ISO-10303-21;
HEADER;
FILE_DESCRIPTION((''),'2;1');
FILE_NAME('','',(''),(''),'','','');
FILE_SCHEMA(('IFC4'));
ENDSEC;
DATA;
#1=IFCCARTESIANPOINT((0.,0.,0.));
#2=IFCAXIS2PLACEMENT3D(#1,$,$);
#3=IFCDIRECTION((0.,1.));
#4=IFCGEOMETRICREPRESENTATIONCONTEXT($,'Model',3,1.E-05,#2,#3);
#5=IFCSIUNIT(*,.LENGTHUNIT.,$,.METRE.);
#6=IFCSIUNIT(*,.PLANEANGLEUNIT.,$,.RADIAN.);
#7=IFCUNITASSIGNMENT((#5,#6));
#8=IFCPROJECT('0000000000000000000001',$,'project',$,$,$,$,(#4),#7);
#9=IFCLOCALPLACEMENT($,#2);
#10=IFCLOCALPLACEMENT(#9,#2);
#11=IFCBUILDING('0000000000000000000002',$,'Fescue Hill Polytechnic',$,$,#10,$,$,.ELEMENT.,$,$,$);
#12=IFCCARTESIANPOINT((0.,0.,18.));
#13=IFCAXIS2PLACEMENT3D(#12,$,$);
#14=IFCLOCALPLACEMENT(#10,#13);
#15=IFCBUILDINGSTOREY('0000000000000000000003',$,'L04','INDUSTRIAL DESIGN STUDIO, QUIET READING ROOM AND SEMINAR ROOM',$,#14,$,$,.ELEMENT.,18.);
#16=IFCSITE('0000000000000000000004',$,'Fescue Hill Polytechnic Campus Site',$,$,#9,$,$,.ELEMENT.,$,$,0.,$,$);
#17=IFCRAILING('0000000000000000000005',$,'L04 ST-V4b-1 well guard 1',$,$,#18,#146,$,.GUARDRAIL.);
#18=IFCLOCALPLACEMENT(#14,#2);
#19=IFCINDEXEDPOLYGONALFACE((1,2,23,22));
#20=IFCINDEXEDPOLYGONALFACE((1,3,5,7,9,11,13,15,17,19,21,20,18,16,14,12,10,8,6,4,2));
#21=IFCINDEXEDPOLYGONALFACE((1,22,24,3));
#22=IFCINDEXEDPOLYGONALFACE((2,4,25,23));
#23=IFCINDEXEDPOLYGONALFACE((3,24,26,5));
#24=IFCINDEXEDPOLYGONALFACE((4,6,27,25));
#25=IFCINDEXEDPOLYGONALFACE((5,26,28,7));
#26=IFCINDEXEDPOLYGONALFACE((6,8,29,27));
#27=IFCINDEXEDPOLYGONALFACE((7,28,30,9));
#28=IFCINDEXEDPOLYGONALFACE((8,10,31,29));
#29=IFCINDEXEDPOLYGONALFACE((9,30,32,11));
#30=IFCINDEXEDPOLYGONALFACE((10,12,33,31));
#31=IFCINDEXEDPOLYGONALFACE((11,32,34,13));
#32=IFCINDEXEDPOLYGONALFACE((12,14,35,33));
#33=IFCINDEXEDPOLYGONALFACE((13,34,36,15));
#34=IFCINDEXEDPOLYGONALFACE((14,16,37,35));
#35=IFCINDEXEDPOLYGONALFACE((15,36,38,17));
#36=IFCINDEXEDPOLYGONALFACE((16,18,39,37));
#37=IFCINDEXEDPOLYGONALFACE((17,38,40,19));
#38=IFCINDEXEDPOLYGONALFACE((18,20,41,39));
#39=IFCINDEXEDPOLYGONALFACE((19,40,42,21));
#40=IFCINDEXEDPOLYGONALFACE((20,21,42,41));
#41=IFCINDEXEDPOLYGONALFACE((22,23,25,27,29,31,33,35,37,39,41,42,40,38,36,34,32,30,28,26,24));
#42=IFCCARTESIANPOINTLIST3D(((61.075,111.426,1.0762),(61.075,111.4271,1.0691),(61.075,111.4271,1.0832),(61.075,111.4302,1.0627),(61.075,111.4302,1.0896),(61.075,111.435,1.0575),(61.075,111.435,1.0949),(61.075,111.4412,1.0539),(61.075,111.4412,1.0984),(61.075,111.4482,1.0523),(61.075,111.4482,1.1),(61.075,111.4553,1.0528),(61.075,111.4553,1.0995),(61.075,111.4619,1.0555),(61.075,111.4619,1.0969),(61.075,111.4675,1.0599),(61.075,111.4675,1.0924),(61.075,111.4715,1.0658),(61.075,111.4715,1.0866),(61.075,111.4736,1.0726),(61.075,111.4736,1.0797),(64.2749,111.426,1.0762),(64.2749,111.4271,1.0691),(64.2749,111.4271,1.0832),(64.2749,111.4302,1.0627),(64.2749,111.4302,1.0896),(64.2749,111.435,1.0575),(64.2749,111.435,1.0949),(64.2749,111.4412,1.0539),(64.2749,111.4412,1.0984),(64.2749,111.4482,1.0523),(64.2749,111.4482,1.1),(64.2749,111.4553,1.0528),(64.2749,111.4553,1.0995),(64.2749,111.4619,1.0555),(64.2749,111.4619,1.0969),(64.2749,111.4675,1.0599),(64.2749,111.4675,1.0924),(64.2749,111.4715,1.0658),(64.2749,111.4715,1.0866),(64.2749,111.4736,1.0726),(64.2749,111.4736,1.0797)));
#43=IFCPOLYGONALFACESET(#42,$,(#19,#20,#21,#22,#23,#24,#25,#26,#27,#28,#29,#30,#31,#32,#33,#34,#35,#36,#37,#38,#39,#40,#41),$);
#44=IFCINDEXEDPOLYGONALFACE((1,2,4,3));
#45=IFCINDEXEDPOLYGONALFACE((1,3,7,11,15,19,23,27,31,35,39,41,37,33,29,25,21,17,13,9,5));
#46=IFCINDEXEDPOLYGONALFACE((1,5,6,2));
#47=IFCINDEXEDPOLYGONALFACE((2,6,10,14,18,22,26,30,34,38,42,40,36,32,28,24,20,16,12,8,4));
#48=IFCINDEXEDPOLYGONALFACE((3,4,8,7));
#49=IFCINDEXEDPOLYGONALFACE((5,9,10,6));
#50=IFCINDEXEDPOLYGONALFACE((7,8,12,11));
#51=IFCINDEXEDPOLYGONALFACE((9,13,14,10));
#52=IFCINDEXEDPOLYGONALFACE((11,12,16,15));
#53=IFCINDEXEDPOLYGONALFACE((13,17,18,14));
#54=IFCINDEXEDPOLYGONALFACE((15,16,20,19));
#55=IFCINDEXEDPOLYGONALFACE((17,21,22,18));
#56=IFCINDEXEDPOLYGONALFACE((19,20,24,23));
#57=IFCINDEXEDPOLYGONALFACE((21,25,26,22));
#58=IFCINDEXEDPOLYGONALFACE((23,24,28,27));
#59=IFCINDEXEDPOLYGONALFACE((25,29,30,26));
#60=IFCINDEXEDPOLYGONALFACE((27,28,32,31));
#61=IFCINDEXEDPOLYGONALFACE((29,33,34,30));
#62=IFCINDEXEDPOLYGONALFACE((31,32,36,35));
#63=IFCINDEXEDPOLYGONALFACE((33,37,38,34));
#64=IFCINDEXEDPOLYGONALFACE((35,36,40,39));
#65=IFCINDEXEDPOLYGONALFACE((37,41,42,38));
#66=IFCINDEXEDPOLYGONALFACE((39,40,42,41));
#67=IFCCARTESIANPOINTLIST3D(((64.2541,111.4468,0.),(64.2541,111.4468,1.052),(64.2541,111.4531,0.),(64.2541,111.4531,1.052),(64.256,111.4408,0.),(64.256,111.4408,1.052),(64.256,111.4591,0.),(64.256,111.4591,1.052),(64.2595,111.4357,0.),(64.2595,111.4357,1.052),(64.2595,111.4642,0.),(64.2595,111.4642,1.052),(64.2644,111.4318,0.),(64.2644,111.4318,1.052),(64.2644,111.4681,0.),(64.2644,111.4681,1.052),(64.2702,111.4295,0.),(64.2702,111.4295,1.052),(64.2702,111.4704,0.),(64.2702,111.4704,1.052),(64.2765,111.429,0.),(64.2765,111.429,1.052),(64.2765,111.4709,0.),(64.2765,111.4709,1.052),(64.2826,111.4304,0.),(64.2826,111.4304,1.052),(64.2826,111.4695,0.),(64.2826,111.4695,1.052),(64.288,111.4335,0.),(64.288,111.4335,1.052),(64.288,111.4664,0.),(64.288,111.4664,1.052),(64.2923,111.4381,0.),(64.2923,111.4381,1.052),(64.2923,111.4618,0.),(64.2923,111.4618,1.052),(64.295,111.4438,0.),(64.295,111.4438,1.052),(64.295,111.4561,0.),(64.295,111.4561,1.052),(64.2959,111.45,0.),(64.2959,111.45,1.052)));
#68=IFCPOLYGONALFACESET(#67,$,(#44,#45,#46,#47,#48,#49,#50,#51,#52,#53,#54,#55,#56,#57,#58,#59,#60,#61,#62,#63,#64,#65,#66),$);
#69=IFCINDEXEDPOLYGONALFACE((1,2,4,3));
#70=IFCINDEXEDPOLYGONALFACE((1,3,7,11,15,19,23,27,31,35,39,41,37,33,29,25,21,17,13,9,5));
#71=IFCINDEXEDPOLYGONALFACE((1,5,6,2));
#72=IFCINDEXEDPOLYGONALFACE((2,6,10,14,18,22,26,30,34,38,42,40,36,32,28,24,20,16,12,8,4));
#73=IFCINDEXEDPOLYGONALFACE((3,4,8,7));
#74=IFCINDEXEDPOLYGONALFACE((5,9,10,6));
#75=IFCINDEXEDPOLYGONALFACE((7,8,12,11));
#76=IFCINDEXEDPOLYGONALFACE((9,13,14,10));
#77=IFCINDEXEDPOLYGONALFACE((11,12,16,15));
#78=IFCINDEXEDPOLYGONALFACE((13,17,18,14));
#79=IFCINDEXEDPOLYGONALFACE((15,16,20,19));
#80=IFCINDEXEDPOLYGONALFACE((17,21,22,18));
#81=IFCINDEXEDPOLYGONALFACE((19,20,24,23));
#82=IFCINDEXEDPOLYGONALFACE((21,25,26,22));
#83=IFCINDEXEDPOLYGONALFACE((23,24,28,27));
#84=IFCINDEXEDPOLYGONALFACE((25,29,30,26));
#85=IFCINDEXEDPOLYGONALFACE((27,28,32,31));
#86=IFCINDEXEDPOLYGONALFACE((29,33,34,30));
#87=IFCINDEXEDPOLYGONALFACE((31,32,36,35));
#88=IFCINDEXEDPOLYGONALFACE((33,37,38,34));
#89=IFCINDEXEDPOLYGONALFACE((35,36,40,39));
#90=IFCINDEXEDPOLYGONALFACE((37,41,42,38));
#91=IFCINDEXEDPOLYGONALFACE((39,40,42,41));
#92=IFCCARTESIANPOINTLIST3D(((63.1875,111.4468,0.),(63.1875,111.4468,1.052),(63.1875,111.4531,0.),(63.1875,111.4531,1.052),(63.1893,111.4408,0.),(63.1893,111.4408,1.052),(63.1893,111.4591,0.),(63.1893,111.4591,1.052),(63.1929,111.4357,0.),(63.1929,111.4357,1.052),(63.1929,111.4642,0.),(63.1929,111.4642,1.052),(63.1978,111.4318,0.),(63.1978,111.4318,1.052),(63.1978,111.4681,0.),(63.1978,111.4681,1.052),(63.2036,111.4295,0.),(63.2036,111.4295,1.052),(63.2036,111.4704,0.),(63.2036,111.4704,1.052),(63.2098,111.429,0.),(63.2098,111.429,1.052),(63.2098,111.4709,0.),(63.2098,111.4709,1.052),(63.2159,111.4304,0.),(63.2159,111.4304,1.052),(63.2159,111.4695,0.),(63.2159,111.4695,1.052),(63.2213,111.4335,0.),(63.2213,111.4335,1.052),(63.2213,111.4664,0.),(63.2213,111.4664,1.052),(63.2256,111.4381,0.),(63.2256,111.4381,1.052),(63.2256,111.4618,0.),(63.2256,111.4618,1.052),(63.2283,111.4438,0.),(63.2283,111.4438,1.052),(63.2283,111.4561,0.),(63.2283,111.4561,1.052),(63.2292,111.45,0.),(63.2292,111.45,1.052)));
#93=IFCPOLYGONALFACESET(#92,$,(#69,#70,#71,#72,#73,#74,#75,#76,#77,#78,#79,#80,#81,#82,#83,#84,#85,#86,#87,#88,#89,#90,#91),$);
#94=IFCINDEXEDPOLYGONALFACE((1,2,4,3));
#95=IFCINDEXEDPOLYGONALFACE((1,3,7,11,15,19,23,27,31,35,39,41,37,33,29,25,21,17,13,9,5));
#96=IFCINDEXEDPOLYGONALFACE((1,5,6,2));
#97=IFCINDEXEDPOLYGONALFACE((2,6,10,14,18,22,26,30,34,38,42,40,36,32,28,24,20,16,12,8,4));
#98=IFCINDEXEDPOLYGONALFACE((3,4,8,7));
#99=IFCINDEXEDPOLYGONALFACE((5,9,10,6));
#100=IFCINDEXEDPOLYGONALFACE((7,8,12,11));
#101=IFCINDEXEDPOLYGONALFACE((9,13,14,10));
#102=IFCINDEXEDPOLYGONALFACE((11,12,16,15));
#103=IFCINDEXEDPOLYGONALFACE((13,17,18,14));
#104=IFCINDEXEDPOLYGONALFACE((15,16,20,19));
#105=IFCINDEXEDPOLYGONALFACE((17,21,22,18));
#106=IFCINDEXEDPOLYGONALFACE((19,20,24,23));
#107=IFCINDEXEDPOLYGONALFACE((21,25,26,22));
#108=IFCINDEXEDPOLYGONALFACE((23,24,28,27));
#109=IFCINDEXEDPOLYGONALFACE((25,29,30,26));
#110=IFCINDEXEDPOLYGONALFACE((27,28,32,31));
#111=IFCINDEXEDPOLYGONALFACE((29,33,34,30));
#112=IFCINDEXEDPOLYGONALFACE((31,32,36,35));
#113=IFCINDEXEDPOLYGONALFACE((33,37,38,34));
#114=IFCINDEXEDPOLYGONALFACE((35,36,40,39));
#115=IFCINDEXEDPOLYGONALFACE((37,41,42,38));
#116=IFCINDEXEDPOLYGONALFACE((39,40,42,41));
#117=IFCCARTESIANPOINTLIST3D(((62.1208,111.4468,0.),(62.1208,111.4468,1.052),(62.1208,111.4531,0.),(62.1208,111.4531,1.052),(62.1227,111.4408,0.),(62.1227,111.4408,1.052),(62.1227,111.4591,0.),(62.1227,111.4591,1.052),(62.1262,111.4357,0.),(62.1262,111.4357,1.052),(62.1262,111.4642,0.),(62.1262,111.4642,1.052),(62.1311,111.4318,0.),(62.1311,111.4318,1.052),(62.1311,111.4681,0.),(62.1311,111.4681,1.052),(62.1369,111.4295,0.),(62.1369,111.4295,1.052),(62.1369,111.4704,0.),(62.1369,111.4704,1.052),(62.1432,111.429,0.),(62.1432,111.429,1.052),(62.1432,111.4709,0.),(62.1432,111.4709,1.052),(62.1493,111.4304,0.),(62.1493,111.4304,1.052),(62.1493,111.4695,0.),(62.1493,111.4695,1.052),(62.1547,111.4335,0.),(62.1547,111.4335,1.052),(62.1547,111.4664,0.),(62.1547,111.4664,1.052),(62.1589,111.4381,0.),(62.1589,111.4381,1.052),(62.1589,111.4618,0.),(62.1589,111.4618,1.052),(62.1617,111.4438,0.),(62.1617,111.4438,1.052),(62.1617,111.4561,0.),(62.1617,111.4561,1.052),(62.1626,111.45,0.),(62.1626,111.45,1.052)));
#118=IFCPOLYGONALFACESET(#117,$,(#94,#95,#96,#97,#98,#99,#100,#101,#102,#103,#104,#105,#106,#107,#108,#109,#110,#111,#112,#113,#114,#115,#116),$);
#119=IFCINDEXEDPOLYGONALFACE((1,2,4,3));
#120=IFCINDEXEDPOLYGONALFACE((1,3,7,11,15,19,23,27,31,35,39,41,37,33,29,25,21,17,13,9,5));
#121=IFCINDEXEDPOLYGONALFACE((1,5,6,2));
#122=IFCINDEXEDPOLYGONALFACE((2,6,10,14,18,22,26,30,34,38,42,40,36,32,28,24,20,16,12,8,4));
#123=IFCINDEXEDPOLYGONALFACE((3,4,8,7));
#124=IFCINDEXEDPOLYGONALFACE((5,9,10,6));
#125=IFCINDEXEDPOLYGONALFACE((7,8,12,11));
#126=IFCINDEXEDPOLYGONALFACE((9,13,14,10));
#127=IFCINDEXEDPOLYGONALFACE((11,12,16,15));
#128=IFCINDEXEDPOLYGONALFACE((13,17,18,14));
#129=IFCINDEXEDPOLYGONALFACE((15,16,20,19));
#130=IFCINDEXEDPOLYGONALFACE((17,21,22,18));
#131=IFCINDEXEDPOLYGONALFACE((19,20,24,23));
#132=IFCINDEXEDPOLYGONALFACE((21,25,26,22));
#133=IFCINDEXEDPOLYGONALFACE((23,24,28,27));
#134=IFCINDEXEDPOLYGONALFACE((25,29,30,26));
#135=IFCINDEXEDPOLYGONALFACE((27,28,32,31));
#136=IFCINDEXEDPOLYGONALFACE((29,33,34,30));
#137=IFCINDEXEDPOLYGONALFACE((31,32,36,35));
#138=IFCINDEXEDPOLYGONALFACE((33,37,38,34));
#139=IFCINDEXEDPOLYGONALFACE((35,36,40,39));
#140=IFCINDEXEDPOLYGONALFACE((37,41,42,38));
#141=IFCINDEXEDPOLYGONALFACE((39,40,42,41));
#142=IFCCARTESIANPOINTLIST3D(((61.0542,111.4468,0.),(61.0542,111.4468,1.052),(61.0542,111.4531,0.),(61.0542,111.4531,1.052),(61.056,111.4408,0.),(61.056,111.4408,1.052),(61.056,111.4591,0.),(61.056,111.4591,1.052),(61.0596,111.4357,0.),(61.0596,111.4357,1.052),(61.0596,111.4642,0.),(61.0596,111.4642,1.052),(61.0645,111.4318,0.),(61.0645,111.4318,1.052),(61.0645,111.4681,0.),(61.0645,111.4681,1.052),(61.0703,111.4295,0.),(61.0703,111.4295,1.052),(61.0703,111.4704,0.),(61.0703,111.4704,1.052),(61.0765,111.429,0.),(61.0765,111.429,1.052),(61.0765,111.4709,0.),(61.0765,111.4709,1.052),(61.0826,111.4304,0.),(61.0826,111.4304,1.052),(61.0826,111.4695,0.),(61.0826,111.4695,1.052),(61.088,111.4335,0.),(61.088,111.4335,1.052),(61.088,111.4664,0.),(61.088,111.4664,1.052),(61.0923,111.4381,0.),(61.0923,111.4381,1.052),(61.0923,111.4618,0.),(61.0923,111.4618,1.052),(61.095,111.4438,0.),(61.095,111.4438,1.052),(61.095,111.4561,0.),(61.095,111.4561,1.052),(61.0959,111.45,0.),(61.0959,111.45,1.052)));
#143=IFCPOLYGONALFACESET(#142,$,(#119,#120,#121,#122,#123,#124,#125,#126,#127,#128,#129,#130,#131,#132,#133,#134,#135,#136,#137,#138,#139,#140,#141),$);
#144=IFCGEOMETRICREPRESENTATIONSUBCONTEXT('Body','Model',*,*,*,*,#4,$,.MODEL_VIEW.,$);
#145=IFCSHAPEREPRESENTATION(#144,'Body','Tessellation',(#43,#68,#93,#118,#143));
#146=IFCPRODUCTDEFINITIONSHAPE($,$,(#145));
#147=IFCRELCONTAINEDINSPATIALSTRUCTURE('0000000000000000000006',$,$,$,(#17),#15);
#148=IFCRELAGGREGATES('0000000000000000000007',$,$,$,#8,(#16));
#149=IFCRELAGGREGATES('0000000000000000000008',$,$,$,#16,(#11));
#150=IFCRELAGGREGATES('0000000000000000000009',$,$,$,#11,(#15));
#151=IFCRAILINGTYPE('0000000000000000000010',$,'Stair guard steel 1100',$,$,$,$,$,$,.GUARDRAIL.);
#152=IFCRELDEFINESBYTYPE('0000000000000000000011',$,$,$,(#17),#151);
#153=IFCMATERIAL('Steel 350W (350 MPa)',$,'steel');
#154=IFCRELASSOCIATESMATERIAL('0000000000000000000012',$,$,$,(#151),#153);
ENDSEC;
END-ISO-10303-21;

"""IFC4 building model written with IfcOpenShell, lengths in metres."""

from ifc_helpers import new_model, si_unit, direction, frame, origin, origin_2d, place, context, subcontext, project, spatial, circle, extrude, material, type_object, element, save


model = new_model("IFC4")

# Units and contexts
model_context = context("Model", 3, precision=1e-05, world=origin(), true_north=direction((0.0, 1.0)))
body_context = subcontext(model_context, "Body", "Model", "MODEL_VIEW")
ifc_project = project(units=[si_unit("LENGTHUNIT", "METRE"), si_unit("PLANEANGLEUNIT", "RADIAN")], contexts=[model_context])

# Site, building, storey
site_placement = place(None, origin())
site = spatial("IfcSite", under=ifc_project, at=site_placement, Name="Fescue Hill Polytechnic Campus Site", CompositionType="ELEMENT", RefElevation=0.0)
building_placement = place(site_placement, origin())
building = spatial("IfcBuilding", under=site, at=building_placement, Name="Fescue Hill Polytechnic", CompositionType="ELEMENT")
storey_placement = place(building_placement, frame((0.0, 0.0, 18.0)))
storey = spatial("IfcBuildingStorey", under=building, at=storey_placement, Name="L04", Description="INDUSTRIAL DESIGN STUDIO, QUIET READING ROOM AND SEMINAR ROOM", CompositionType="ELEMENT", Elevation=18.0)

# Railing
ifc_material_1 = material(Name="Steel 350W (350 MPa)", Category="steel")
railing_type = type_object("IfcRailingType", Name="Stair guard steel 1100", PredefinedType="GUARDRAIL", material=ifc_material_1)
for number, where, name in (
    (1, (64.2749, 111.45, 0.0), "L04 ST-V4b-1 well guard 1"),
):
    element("IfcRailing", number, at=place(storey_placement, frame(where)), inside=storey, type_object=railing_type, Name=name, PredefinedType="GUARDRAIL", context=body_context, shape_type="SweptSolid", body=[
        extrude(circle(Radius=0.0239, at=origin_2d()), frame((0.0, 0.0, 1.0762), z_axis=(-1.0, 0.0, 0.0), x_axis=(0.0, -1.0, 0.0)), (0.0, 0.0, 1.0), 3.2),
        extrude(circle(Radius=0.021, at=origin_2d()), origin(), (0.0, 0.0, 1.0), 1.052),
        extrude(circle(Radius=0.021, at=origin_2d()), frame((-1.0667, 0.0, 0.0)), (0.0, 0.0, 1.0), 1.052),
        extrude(circle(Radius=0.021, at=origin_2d()), frame((-2.1333, 0.0, 0.0)), (0.0, 0.0, 1.0), 1.052),
        extrude(circle(Radius=0.021, at=origin_2d()), frame((-3.2, 0.0, 0.0)), (0.0, 0.0, 1.0), 1.052),
    ])

save(model, "model.ifc")
